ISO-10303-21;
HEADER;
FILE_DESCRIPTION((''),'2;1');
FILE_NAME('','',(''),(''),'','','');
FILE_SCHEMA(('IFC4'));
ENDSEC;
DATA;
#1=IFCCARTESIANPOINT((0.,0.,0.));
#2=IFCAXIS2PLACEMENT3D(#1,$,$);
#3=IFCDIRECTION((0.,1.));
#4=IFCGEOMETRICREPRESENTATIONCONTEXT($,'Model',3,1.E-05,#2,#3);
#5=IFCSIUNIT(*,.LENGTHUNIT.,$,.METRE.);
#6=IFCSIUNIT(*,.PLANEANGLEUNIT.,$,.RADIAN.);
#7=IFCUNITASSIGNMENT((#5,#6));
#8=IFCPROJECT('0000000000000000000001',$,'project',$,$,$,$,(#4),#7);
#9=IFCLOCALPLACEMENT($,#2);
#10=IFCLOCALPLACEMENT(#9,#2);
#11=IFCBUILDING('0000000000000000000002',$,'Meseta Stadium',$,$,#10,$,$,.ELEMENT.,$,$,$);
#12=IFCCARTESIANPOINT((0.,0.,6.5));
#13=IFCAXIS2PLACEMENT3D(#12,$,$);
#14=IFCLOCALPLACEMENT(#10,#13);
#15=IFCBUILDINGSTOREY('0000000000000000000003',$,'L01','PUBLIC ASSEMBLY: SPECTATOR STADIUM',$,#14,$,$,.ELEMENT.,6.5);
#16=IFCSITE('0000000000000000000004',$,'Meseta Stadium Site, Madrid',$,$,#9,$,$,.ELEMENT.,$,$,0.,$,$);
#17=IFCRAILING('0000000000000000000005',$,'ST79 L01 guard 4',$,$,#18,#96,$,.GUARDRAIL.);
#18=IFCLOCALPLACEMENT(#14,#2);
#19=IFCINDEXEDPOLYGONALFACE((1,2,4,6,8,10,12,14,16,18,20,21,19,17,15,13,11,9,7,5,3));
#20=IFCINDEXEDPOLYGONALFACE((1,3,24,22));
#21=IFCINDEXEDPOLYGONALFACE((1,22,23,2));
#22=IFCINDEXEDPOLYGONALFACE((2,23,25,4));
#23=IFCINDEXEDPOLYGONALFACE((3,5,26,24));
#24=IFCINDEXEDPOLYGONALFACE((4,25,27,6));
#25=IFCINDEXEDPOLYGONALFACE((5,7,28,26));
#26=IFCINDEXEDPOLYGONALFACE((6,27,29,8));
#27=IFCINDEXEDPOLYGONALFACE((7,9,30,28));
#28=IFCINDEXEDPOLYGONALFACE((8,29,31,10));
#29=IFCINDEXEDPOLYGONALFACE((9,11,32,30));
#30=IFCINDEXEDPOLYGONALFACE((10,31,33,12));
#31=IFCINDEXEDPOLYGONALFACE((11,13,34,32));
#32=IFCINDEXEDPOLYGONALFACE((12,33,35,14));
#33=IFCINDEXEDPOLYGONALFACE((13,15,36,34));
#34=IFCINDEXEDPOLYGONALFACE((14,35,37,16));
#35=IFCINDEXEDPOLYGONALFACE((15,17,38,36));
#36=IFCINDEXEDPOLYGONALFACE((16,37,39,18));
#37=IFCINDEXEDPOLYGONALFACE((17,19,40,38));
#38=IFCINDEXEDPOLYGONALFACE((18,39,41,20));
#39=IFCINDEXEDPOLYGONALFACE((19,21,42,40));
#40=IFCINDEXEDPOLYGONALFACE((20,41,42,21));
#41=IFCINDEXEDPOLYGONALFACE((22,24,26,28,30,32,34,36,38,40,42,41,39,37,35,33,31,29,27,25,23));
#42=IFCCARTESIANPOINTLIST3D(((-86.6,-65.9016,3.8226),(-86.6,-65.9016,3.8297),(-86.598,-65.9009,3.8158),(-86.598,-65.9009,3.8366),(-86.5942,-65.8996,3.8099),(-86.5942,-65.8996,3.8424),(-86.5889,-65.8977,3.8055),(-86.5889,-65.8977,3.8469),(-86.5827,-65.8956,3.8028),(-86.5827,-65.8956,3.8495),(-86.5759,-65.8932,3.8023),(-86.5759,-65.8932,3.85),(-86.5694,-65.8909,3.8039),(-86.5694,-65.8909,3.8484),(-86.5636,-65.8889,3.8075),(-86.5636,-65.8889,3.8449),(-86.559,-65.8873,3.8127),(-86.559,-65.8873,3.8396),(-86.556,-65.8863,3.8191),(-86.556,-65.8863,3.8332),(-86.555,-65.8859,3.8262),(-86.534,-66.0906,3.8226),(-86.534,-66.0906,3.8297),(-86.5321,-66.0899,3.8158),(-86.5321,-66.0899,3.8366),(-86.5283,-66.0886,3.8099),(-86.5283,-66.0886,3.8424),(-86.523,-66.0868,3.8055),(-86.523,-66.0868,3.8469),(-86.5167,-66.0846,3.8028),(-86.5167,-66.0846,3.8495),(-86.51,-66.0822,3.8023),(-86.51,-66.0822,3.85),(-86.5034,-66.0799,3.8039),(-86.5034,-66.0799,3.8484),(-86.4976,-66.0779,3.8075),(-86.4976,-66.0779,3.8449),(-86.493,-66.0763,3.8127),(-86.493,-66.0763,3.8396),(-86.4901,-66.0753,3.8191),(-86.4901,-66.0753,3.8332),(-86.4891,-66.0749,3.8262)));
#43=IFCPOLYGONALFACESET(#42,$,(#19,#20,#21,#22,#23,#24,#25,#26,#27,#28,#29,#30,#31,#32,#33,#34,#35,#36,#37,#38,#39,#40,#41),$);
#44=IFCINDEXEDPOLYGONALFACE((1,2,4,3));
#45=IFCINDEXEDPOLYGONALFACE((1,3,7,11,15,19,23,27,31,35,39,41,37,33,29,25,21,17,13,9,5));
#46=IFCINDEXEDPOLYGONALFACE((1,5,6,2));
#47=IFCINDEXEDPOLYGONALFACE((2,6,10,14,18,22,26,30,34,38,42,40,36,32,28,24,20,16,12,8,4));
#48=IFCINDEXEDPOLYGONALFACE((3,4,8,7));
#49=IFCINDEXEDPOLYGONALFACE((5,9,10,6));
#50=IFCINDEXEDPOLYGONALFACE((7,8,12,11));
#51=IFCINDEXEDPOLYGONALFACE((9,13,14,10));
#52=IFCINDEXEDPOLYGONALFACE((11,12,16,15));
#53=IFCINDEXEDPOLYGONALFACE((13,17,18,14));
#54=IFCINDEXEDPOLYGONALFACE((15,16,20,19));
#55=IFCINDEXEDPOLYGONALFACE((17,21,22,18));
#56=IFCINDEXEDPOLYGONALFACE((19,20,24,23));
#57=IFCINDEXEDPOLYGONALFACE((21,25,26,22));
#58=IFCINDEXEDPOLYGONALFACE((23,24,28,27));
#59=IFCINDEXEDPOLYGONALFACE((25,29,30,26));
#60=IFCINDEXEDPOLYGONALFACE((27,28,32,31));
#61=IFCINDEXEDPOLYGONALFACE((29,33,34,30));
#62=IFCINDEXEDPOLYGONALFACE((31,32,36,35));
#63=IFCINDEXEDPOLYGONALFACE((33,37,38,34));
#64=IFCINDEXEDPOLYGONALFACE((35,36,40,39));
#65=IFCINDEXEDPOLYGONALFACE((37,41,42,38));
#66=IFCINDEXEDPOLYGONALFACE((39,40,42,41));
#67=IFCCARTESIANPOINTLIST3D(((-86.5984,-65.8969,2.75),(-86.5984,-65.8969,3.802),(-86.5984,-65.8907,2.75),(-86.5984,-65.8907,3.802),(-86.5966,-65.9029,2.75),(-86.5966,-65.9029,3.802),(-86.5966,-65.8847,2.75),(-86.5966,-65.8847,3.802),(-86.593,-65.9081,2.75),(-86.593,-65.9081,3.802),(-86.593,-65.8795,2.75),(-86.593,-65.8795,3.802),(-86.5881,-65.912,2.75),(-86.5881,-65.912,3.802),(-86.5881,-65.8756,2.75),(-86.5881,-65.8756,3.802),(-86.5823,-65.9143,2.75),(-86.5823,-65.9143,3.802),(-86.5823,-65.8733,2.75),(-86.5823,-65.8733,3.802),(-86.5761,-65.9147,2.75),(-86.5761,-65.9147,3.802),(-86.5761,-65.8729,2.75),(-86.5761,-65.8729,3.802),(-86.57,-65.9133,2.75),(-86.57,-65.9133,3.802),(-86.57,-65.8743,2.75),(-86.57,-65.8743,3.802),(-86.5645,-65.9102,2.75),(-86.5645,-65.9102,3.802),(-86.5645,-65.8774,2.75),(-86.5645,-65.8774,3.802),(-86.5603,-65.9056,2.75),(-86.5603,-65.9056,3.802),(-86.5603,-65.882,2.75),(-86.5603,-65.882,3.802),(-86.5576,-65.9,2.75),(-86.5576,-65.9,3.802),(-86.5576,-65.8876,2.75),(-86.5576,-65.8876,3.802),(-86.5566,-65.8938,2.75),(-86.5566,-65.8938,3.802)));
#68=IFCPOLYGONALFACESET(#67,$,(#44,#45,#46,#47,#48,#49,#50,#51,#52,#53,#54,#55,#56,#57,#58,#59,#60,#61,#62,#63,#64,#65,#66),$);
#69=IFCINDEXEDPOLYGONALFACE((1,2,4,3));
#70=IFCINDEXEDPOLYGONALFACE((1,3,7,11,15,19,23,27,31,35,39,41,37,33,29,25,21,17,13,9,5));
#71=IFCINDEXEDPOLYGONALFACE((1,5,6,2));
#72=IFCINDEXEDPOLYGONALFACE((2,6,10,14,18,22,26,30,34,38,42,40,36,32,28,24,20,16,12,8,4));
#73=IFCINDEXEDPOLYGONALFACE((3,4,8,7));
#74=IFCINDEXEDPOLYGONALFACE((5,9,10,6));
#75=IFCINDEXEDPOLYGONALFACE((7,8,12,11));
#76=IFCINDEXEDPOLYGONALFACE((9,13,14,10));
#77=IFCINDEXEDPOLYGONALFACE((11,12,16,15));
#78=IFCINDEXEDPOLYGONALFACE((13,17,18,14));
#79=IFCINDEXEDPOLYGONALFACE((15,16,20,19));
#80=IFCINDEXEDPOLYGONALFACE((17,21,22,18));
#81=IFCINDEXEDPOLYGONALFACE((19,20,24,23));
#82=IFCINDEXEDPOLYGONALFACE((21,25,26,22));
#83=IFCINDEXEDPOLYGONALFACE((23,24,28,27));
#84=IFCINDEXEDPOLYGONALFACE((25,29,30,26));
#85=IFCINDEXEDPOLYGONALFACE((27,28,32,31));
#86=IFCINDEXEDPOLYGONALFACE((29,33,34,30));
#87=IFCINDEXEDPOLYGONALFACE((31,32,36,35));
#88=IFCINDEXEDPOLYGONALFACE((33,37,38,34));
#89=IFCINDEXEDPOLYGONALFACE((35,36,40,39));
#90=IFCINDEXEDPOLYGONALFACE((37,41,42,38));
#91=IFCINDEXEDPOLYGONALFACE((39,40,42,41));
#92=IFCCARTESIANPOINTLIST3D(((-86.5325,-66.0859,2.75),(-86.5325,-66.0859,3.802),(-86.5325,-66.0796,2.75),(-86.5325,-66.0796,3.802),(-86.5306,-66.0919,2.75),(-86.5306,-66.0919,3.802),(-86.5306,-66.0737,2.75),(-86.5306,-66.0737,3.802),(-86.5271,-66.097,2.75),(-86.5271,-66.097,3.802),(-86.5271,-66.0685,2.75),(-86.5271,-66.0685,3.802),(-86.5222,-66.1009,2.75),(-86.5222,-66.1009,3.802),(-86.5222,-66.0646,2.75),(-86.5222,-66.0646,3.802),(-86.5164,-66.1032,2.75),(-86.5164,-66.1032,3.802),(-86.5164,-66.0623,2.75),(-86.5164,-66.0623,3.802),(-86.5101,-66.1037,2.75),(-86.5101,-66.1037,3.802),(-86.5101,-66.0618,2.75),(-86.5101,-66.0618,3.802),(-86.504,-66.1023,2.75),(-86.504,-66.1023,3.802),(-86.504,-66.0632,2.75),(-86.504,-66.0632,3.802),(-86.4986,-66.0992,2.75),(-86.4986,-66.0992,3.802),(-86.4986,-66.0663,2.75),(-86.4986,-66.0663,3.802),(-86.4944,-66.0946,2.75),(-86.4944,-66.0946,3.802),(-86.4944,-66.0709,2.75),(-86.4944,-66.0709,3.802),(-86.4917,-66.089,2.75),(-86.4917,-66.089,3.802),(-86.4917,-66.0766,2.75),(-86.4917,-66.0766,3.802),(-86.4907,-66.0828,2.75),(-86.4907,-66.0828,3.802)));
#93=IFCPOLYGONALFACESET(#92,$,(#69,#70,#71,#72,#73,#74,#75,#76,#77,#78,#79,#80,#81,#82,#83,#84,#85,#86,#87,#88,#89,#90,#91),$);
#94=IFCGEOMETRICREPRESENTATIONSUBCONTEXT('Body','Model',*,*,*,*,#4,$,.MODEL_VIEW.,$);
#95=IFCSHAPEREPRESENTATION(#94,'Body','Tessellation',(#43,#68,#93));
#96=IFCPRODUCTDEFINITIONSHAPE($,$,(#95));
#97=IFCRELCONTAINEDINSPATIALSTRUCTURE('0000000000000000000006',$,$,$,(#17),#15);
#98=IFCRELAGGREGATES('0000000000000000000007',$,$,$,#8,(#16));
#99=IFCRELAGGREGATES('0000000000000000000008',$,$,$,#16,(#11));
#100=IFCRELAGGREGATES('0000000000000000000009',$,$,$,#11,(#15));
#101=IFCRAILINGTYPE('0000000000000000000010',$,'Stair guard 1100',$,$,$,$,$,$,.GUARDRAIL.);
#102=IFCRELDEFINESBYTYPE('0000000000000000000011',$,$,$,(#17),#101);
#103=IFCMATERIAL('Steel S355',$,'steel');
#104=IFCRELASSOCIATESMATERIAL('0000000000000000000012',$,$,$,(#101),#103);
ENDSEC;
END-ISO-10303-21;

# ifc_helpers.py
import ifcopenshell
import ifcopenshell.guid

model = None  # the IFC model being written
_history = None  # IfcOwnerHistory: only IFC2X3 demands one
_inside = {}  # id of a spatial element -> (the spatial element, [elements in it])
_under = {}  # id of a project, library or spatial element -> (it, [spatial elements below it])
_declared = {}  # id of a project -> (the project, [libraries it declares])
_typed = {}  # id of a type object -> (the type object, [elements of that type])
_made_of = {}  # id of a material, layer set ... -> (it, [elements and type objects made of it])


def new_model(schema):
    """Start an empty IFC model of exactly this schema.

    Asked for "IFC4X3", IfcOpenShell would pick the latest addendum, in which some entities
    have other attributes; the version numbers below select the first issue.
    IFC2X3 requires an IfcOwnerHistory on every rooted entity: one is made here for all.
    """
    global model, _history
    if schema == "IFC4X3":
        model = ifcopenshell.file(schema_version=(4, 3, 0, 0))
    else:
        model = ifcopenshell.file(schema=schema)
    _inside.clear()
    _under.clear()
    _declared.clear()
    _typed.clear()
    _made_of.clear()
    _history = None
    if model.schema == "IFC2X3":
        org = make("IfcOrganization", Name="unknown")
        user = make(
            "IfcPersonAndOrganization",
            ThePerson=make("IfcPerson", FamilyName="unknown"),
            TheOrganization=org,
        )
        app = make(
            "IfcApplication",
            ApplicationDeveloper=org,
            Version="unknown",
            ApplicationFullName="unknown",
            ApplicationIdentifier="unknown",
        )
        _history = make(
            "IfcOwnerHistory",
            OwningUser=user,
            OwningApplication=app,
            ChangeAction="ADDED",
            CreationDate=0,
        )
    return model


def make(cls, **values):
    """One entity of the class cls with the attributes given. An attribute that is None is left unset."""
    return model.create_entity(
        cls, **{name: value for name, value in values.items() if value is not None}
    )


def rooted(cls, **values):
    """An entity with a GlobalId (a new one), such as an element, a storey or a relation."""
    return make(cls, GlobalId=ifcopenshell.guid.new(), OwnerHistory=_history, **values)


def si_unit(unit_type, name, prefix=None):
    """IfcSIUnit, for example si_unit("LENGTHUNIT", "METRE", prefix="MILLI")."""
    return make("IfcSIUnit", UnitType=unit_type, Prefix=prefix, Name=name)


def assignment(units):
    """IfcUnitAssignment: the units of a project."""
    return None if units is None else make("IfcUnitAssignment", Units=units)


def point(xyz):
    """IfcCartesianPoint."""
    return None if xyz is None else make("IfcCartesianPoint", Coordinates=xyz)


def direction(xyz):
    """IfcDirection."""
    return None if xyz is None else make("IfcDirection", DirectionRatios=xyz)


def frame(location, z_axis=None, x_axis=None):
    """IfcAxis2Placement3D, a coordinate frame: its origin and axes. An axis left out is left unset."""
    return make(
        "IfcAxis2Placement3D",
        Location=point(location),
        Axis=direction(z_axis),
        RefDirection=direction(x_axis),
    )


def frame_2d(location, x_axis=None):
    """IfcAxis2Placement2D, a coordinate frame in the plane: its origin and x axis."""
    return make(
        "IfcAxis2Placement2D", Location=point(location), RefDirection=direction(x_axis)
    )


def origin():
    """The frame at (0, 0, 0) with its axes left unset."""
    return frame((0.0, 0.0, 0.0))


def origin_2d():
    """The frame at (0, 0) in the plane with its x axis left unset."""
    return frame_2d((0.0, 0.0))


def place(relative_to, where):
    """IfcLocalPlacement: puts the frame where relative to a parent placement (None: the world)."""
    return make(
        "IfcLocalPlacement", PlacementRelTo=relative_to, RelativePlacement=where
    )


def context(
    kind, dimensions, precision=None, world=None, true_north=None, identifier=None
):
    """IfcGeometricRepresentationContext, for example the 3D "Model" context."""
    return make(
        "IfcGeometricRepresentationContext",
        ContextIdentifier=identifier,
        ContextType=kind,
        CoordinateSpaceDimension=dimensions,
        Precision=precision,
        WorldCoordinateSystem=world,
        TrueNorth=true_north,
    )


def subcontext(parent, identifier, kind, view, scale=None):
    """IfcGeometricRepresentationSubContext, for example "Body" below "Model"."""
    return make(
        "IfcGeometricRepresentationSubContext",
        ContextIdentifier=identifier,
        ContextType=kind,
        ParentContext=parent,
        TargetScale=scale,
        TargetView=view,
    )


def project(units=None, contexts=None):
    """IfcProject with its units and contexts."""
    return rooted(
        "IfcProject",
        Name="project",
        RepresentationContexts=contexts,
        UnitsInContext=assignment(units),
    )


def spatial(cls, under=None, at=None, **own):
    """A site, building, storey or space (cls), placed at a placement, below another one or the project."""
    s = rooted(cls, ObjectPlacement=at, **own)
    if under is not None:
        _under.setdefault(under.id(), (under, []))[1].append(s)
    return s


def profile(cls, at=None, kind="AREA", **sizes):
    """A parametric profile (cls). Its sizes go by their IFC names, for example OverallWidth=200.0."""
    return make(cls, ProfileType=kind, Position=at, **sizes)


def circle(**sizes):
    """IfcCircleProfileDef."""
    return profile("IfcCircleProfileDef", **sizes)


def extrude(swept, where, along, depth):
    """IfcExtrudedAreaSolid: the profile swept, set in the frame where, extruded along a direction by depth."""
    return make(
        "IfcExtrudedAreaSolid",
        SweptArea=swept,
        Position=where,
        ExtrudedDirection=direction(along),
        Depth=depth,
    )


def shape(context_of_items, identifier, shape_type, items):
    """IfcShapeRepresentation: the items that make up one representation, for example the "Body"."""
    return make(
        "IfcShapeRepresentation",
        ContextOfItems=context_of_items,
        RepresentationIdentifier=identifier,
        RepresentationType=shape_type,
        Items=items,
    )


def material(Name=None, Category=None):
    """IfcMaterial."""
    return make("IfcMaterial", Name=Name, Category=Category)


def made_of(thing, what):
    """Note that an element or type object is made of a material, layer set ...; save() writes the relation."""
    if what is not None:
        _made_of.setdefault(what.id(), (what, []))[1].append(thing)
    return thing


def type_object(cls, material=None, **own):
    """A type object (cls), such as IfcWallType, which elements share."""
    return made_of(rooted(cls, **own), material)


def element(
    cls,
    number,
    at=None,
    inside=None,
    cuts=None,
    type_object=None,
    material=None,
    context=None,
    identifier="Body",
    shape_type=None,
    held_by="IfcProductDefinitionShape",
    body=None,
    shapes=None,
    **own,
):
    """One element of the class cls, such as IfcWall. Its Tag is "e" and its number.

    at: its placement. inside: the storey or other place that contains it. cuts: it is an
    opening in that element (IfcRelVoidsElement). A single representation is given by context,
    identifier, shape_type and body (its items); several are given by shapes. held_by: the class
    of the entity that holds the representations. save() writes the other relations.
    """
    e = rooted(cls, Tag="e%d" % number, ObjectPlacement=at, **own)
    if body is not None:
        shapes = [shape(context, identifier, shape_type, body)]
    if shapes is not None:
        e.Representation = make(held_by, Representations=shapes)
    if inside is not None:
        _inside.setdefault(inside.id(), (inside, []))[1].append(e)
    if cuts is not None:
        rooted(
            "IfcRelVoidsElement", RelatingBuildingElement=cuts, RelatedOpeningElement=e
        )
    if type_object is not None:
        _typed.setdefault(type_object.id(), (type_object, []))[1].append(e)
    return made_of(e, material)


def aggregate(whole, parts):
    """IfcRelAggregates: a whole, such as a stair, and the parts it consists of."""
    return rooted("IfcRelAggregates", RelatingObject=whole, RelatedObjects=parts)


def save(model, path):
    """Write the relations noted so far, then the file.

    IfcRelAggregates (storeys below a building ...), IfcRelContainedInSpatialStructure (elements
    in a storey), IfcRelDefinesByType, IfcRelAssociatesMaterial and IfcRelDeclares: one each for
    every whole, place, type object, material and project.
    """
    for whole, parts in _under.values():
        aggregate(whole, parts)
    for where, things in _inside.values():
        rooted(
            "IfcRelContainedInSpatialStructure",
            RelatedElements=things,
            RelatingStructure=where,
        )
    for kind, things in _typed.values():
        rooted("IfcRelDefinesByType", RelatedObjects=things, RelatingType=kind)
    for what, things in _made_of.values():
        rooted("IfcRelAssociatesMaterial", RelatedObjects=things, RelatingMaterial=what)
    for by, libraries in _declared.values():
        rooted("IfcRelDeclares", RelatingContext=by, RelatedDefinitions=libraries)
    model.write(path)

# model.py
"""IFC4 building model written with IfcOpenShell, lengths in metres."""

from ifc_helpers import new_model, si_unit, direction, frame, origin, origin_2d, place, context, subcontext, project, spatial, circle, extrude, material, type_object, element, save


model = new_model("IFC4")

# Units and contexts
model_context = context("Model", 3, precision=1e-05, world=origin(), true_north=direction((0.0, 1.0)))
body_context = subcontext(model_context, "Body", "Model", "MODEL_VIEW")
ifc_project = project(units=[si_unit("LENGTHUNIT", "METRE"), si_unit("PLANEANGLEUNIT", "RADIAN")], contexts=[model_context])

# Site, building, storey
site_placement = place(None, origin())
site = spatial("IfcSite", under=ifc_project, at=site_placement, Name="Meseta Stadium Site, Madrid", CompositionType="ELEMENT", RefElevation=0.0)
building_placement = place(site_placement, origin())
building = spatial("IfcBuilding", under=site, at=building_placement, Name="Meseta Stadium", CompositionType="ELEMENT")
storey_placement = place(building_placement, frame((0.0, 0.0, 6.5)))
storey = spatial("IfcBuildingStorey", under=building, at=storey_placement, Name="L01", Description="PUBLIC ASSEMBLY: SPECTATOR STADIUM", CompositionType="ELEMENT", Elevation=6.5)

# Railing
ifc_material_1 = material(Name="Steel S355", Category="steel")
railing_type_1 = type_object("IfcRailingType", Name="Stair guard 1100", PredefinedType="GUARDRAIL", material=ifc_material_1)
railing_1_placement = place(storey_placement, frame((-86.5776, -65.8938, 2.75)))
element("IfcRailing", 1, at=railing_1_placement, inside=storey, type_object=railing_type_1, Name="ST79 L01 guard 4", PredefinedType="GUARDRAIL", context=body_context, shape_type="SweptSolid", body=[
    extrude(circle(Radius=0.0239, at=origin_2d()), frame((0.0, 0.0, 1.0762), z_axis=(0.329372, -0.9442, 0.0), x_axis=(0.9442, 0.329372, 0.0)), (0.0, 0.0, 1.0), 0.2002),
    extrude(circle(Radius=0.021, at=origin_2d()), origin(), (0.0, 0.0, 1.0), 1.052),
    extrude(circle(Radius=0.021, at=origin_2d()), frame((0.0659, -0.189, 0.0)), (0.0, 0.0, 1.0), 1.052),
])

save(model, "model.ifc")
